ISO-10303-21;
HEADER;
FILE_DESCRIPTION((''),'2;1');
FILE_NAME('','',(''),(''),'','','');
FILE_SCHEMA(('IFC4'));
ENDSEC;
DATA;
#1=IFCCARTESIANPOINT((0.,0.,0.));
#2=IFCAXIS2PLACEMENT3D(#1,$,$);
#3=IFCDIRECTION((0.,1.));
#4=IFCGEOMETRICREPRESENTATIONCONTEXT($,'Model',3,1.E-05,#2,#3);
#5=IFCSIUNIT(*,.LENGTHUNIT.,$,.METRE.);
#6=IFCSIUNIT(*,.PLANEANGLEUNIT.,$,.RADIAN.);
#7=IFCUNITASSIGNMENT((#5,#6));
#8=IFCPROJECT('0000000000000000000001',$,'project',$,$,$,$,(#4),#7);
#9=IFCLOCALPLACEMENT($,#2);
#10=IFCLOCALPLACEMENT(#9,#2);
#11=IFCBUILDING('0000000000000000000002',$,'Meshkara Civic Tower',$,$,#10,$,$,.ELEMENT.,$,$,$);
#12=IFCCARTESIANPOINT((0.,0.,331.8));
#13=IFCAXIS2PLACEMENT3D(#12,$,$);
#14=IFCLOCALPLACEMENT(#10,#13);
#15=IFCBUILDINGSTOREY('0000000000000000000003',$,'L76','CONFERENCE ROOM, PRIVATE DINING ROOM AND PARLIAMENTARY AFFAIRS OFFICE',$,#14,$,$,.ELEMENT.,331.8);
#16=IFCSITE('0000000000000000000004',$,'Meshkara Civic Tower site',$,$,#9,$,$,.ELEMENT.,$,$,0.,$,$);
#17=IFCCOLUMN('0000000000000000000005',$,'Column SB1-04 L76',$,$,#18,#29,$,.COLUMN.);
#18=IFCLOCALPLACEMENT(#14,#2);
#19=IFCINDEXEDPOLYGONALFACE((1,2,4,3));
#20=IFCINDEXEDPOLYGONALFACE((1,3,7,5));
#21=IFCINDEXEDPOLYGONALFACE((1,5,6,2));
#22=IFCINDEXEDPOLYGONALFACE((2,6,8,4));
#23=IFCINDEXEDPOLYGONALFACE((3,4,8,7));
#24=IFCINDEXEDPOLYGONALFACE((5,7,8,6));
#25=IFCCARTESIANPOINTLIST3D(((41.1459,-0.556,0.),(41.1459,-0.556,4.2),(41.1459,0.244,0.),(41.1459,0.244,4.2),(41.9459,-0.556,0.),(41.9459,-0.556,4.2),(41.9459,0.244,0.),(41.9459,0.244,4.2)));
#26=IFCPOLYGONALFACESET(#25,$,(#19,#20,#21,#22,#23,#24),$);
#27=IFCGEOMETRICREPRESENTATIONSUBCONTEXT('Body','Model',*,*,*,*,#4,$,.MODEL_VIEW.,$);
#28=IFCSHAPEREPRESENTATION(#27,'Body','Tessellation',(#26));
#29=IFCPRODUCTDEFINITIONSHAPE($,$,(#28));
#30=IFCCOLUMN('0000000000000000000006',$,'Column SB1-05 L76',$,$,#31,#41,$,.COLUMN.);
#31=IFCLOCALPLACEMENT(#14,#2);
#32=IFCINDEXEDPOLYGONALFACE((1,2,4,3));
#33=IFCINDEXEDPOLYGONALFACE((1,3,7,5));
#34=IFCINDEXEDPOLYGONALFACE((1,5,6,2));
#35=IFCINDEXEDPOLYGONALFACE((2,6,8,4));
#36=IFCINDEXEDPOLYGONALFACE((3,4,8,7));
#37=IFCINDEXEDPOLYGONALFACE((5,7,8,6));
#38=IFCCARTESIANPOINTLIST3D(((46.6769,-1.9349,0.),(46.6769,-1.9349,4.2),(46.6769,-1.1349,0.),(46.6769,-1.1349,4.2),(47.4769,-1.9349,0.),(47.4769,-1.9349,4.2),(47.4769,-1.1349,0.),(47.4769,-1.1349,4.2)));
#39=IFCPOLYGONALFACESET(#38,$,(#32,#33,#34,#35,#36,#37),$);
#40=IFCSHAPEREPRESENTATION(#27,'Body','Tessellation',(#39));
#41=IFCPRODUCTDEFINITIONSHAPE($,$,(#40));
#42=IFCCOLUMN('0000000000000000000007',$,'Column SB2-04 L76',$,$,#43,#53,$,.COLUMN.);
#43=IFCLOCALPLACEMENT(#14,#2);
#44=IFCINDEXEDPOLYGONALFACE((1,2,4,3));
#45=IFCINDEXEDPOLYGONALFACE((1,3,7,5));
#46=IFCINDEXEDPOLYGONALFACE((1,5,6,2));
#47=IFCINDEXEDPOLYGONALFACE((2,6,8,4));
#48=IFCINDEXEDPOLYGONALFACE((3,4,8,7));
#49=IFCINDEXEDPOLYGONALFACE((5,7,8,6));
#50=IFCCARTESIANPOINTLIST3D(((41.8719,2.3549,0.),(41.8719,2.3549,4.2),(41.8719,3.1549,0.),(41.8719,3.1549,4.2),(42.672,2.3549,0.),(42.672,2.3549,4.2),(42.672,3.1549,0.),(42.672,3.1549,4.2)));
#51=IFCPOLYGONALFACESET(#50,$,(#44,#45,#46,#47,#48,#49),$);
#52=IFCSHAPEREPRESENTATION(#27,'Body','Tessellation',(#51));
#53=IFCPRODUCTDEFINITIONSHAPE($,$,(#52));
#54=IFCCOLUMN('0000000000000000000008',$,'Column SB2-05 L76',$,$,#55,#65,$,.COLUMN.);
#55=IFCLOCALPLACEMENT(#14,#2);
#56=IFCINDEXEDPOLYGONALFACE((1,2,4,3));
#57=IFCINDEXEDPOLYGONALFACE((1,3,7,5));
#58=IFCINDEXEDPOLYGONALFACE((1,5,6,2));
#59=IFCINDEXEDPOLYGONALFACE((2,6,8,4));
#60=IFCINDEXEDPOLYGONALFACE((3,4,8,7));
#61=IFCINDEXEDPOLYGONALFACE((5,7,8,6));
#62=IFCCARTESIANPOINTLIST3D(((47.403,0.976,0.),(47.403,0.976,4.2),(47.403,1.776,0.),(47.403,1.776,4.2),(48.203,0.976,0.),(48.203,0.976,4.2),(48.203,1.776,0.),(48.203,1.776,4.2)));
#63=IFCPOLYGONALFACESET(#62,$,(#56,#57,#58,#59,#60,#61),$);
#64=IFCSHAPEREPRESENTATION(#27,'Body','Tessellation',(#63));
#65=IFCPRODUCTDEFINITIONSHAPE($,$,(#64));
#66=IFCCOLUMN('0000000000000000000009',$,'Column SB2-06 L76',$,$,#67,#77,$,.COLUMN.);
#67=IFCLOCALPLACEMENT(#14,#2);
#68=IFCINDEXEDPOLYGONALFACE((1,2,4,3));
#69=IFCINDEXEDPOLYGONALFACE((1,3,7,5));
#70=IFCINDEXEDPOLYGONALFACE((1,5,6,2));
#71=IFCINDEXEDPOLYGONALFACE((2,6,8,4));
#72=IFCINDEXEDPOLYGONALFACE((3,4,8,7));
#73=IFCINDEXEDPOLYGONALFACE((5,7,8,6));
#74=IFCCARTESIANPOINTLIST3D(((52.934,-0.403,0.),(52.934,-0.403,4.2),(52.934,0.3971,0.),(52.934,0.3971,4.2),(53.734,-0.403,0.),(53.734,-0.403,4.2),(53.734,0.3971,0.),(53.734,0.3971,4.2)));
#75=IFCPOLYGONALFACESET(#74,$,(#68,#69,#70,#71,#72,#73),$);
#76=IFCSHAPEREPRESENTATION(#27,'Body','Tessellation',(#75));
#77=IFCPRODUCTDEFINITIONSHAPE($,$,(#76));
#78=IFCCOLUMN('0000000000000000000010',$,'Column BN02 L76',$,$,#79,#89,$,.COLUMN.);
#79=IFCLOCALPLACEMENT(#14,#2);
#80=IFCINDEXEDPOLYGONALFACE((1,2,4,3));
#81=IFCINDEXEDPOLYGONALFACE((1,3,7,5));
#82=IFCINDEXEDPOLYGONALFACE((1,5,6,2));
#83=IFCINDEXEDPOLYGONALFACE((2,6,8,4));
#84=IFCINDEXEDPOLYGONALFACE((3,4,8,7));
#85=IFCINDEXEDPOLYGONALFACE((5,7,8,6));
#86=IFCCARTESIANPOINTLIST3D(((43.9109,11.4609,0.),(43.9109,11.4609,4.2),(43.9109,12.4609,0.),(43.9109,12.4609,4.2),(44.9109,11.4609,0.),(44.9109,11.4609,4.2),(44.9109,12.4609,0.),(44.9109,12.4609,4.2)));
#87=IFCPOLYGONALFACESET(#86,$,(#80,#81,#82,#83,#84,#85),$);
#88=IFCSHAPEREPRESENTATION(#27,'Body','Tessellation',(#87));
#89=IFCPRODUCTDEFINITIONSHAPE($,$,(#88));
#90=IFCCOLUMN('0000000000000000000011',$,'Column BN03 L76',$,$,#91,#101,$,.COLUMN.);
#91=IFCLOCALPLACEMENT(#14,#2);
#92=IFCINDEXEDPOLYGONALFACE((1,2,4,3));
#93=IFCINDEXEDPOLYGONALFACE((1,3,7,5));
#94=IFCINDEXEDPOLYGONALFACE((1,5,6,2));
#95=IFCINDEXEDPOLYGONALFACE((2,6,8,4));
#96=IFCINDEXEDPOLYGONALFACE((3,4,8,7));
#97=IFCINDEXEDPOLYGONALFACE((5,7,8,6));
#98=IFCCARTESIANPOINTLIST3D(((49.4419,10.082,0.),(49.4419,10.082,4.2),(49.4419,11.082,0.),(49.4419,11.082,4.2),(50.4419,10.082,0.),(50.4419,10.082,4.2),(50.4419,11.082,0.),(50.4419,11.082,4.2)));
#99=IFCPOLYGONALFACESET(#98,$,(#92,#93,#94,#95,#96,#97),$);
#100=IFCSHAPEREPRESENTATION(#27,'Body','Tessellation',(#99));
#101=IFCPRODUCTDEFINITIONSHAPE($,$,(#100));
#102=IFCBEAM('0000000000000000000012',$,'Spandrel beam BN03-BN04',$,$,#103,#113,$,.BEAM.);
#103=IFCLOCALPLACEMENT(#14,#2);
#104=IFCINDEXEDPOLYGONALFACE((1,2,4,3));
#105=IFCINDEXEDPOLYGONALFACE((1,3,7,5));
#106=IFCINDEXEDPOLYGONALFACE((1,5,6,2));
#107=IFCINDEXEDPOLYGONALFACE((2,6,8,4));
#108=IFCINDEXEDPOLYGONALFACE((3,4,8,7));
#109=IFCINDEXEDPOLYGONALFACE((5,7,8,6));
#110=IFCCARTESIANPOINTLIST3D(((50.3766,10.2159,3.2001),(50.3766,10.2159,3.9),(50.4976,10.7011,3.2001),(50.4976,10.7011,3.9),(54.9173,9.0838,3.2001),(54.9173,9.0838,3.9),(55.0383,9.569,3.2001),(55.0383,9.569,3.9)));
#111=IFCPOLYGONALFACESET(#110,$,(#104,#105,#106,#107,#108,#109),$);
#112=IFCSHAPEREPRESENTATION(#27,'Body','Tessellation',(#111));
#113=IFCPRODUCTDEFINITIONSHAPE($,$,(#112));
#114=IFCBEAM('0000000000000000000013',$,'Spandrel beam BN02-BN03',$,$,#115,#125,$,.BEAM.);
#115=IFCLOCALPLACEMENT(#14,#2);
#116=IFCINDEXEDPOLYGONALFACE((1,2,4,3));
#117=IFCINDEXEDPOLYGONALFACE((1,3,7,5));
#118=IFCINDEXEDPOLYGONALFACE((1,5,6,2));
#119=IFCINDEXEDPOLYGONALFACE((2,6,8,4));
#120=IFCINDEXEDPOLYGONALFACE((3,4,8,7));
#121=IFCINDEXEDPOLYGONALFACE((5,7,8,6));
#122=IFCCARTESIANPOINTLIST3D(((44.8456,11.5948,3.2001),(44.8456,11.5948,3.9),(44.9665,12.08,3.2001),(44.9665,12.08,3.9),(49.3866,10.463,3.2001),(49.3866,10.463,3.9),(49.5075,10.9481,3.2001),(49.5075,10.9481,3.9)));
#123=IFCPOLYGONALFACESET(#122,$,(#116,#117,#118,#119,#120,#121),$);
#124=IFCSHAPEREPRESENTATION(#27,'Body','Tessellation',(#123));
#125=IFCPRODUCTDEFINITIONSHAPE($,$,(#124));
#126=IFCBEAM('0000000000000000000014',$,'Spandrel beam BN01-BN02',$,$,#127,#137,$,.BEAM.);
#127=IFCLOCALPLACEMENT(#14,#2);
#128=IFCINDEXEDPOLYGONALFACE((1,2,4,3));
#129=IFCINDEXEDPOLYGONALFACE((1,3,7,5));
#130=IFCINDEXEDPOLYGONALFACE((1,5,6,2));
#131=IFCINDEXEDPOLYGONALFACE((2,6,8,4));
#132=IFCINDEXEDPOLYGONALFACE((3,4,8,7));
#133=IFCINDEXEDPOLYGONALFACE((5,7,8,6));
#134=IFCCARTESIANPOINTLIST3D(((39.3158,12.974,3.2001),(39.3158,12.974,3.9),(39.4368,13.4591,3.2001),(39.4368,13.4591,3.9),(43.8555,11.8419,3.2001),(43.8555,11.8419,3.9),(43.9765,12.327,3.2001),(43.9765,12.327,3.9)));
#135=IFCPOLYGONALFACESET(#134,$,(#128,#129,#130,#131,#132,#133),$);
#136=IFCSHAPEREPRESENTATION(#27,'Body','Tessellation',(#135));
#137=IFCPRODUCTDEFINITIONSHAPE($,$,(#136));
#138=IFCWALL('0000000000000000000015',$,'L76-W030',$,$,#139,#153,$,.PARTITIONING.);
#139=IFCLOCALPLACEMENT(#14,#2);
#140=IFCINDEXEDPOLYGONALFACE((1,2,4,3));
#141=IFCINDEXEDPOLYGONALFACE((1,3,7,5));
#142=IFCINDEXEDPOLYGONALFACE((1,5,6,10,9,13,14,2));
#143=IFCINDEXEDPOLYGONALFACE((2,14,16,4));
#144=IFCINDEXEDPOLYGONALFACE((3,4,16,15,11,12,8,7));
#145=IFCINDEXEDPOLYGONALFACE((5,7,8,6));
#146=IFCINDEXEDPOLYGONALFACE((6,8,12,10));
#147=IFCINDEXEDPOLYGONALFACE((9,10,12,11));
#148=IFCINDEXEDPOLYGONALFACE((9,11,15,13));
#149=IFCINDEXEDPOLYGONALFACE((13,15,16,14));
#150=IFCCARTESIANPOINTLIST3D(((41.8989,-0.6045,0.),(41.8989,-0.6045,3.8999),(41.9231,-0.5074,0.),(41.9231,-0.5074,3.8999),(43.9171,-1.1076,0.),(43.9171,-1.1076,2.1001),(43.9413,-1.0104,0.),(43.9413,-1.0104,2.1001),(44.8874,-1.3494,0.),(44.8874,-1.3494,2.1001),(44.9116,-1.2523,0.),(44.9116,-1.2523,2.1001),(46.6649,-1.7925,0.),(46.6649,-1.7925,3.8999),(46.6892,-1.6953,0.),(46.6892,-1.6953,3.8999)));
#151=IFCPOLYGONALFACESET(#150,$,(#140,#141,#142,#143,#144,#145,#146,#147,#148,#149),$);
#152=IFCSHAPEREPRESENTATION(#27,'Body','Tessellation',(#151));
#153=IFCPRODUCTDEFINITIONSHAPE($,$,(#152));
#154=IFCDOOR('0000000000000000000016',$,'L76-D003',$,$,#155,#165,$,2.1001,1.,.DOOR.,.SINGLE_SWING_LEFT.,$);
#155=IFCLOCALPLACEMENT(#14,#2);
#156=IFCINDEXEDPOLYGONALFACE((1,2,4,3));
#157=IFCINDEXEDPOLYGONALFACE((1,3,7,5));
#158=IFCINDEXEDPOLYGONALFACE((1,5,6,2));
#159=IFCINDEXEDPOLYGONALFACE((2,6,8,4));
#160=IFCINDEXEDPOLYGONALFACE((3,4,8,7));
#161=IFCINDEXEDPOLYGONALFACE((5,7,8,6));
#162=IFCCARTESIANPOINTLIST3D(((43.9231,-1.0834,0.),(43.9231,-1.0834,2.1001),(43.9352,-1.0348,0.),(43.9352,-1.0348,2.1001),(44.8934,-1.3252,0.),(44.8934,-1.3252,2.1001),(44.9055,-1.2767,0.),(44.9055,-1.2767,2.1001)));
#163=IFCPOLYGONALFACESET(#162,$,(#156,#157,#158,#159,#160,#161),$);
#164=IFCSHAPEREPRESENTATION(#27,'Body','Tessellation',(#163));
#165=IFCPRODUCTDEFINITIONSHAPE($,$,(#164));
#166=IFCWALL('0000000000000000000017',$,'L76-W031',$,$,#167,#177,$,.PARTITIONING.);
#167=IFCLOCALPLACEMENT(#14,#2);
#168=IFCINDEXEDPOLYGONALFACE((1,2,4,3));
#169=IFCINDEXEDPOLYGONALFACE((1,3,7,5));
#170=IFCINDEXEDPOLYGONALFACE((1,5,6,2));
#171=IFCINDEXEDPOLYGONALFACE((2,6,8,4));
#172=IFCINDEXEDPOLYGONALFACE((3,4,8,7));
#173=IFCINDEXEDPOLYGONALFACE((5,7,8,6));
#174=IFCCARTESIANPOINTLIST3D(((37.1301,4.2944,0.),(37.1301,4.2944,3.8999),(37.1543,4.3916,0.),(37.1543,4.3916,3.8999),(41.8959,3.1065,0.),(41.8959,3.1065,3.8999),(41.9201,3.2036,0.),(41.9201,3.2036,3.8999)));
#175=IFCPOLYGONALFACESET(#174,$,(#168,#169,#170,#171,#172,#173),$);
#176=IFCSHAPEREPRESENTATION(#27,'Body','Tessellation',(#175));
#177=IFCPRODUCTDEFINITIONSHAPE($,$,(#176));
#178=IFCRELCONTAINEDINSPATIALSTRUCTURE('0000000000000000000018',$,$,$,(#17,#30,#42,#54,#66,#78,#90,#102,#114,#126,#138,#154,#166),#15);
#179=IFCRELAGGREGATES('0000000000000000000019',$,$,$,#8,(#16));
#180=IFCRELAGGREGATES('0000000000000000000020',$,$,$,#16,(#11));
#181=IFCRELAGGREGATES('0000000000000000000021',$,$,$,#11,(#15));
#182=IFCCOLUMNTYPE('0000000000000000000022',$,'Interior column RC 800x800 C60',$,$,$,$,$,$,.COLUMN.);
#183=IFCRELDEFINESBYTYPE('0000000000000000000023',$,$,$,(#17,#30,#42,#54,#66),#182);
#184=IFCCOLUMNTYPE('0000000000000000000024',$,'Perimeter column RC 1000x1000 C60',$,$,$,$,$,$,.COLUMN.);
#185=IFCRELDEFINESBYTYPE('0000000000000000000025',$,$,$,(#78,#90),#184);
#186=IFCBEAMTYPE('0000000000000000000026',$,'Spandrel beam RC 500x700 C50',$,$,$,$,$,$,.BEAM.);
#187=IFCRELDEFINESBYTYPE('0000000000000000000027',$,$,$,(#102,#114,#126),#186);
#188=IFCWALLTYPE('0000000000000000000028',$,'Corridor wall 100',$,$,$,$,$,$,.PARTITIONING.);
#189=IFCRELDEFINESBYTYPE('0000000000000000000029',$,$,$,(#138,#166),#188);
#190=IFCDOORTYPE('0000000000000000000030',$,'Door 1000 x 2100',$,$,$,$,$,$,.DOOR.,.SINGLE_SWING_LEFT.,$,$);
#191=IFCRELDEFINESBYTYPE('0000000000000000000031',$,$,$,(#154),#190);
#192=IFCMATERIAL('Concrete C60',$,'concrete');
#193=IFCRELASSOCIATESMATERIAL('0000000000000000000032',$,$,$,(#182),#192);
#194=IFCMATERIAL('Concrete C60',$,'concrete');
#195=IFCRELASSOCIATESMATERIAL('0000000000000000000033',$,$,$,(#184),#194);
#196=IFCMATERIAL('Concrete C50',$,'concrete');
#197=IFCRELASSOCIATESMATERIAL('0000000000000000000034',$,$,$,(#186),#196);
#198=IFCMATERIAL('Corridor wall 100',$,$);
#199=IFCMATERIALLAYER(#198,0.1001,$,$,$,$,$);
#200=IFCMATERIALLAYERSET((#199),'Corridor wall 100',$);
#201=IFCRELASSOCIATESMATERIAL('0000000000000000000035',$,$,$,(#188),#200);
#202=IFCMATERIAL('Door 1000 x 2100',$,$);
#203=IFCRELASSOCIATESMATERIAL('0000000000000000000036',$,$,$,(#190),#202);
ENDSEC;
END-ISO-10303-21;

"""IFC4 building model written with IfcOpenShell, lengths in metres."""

from ifc_helpers import new_model, si_unit, direction, frame, frame_2d, origin, origin_2d, place, context, subcontext, project, spatial, rectangle, extrude, material, layer, layer_set, material_profile, profile_set, type_object, element, fill, save


model = new_model("IFC4")

# Units and contexts
model_context = context("Model", 3, precision=1e-05, world=origin(), true_north=direction((0.0, 1.0)))
body_context = subcontext(model_context, "Body", "Model", "MODEL_VIEW")
ifc_project = project(units=[si_unit("LENGTHUNIT", "METRE"), si_unit("PLANEANGLEUNIT", "RADIAN")], contexts=[model_context])

# Site, building, storey
site_placement = place(None, origin())
site = spatial("IfcSite", under=ifc_project, at=site_placement, Name="Meshkara Civic Tower site", CompositionType="ELEMENT", RefElevation=0.0)
building_placement = place(site_placement, origin())
building = spatial("IfcBuilding", under=site, at=building_placement, Name="Meshkara Civic Tower", CompositionType="ELEMENT")
storey_placement = place(building_placement, frame((0.0, 0.0, 331.8)))
storey = spatial("IfcBuildingStorey", under=building, at=storey_placement, Name="L76", Description="CONFERENCE ROOM, PRIVATE DINING ROOM AND PARLIAMENTARY AFFAIRS OFFICE", CompositionType="ELEMENT", Elevation=331.8)

# Columns
ifc_material_1 = material(Name="Concrete C60", Category="concrete")
ifc_material_profile_1 = material_profile(ifc_material_1, rectangle(XDim=0.8, YDim=0.8, at=origin_2d()))
ifc_profile_set_1 = profile_set([ifc_material_profile_1], Name="Concrete C60")
column_type_1 = type_object("IfcColumnType", Name="Interior column RC 800x800 C60", PredefinedType="COLUMN", material=ifc_profile_set_1)
for number, where, z_axis, x_axis, name in (
    (1, (41.5459, -0.156, 0.0), (0.0, 0.0, 1.0), (1.0, 0.0, 0.0), "Column SB1-04 L76"),
    (2, (47.0769, -1.5349, 0.0), (0.0, 0.0, 1.0), (1.0, 0.0, 0.0), "Column SB1-05 L76"),
    (3, (42.272, 2.7549, 0.0), (0.0, 0.0, 1.0), (1.0, 0.0, 0.0), "Column SB2-04 L76"),
    (4, (47.803, 1.376, 0.0), (0.0, 0.0, 1.0), (1.0, 0.0, 0.0), "Column SB2-05 L76"),
    (5, (53.334, -0.0029, 0.0), (0.0, 0.0, 1.0), (1.0, 0.0, 0.0), "Column SB2-06 L76"),
):
    element("IfcColumn", number, at=place(storey_placement, frame(where, z_axis=z_axis, x_axis=x_axis)), inside=storey, type_object=column_type_1, Name=name, PredefinedType="COLUMN", context=body_context, shape_type="SweptSolid", body=[
        extrude(rectangle(XDim=0.8, YDim=0.8, at=origin_2d()), origin(), (0.0, 0.0, 1.0), 4.2),
    ])
ifc_material_2 = material(Name="Concrete C60", Category="concrete")
ifc_material_profile_2 = material_profile(ifc_material_2, rectangle(XDim=1.0, YDim=1.0, at=origin_2d()))
ifc_profile_set_2 = profile_set([ifc_material_profile_2], Name="Concrete C60")
column_type_2 = type_object("IfcColumnType", Name="Perimeter column RC 1000x1000 C60", PredefinedType="COLUMN", material=ifc_profile_set_2)
for number, where, z_axis, x_axis, name in (
    (6, (44.4109, 11.9609, 0.0), (0.0, 0.0, 1.0), (1.0, 0.0, 0.0), "Column BN02 L76"),
    (7, (49.9419, 10.582, 0.0), (0.0, 0.0, 1.0), (1.0, 0.0, 0.0), "Column BN03 L76"),
):
    element("IfcColumn", number, at=place(storey_placement, frame(where, z_axis=z_axis, x_axis=x_axis)), inside=storey, type_object=column_type_2, Name=name, PredefinedType="COLUMN", context=body_context, shape_type="SweptSolid", body=[
        extrude(rectangle(XDim=1.0, YDim=1.0, at=origin_2d()), origin(), (0.0, 0.0, 1.0), 4.2),
    ])

# Beams
ifc_material_3 = material(Name="Concrete C50", Category="concrete")
ifc_material_profile_3 = material_profile(ifc_material_3, rectangle(XDim=0.5, YDim=0.7, at=origin_2d()))
ifc_profile_set_3 = profile_set([ifc_material_profile_3], Name="Concrete C50")
beam_type = type_object("IfcBeamType", Name="Spandrel beam RC 500x700 C50", PredefinedType="BEAM", material=ifc_profile_set_3)
beam_1_placement = place(storey_placement, frame((54.9778, 9.3264, 3.55), z_axis=(-0.970299, 0.24191, 0.0), x_axis=(-0.24191, -0.970299, 0.0)))
element("IfcBeam", 8, at=beam_1_placement, inside=storey, type_object=beam_type, Name="Spandrel beam BN03-BN04", PredefinedType="BEAM", context=body_context, shape_type="SweptSolid", body=[
    extrude(rectangle(XDim=0.5, YDim=0.7, at=origin_2d()), origin(), (0.0, 0.0, 1.0), 4.6797),
])
beam_2_placement = place(storey_placement, frame((49.447, 10.7056, 3.55), z_axis=(-0.970314, 0.241848, 0.0), x_axis=(-0.241848, -0.970314, 0.0)))
element("IfcBeam", 9, at=beam_2_placement, inside=storey, type_object=beam_type, Name="Spandrel beam BN02-BN03", PredefinedType="BEAM", context=body_context, shape_type="SweptSolid", body=[
    extrude(rectangle(XDim=0.5, YDim=0.7, at=origin_2d()), origin(), (0.0, 0.0, 1.0), 4.6799),
])
beam_3_placement = place(storey_placement, frame((43.916, 12.0845, 3.55), z_axis=(-0.970287, 0.241959, 0.0), x_axis=(-0.241959, -0.970287, 0.0)))
element("IfcBeam", 10, at=beam_3_placement, inside=storey, type_object=beam_type, Name="Spandrel beam BN01-BN02", PredefinedType="BEAM", context=body_context, shape_type="SweptSolid", body=[
    extrude(rectangle(XDim=0.5, YDim=0.7, at=origin_2d()), origin(), (0.0, 0.0, 1.0), 4.6787),
])

# Wall, opening, door
ifc_material_4 = material(Name="Corridor wall 100")
ifc_layer_1 = layer(ifc_material_4, 0.1001)
ifc_layer_set_1 = layer_set([ifc_layer_1], Name="Corridor wall 100")
wall_type_1 = type_object("IfcWallType", Name="Corridor wall 100", PredefinedType="PARTITIONING", material=ifc_layer_set_1)
wall_1_placement = place(storey_placement, frame((41.9109, -0.5559, 0.0), z_axis=(0.0, 0.0, 1.0), x_axis=(0.970312, -0.241857, 0.0)))
wall_1 = element("IfcWall", 11, at=wall_1_placement, inside=storey, type_object=wall_type_1, Name="L76-W030", PredefinedType="PARTITIONING", context=body_context, shape_type="SweptSolid", body=[
    extrude(rectangle(XDim=4.9119, YDim=0.1001, at=frame_2d((2.4561, 0.0))), origin(), (0.0, 0.0, 1.0), 3.8999),
])
opening_1_placement = place(wall_1_placement, frame((2.0801, 0.0, 0.0)))
opening_1 = element("IfcOpeningElement", 12, at=opening_1_placement, cuts=wall_1, PredefinedType="OPENING", context=body_context, shape_type="SweptSolid", body=[
    extrude(rectangle(XDim=1.0, YDim=2.1001, at=frame_2d((0.5, 1.05))), frame((0.0, 0.0601, 0.0), z_axis=(0.0, -1.0, 0.0), x_axis=(1.0, 0.0, 0.0)), (0.0, 0.0, 1.0), 0.1201),
])
ifc_material_5 = material(Name="Door 1000 x 2100")
door_type_1 = type_object("IfcDoorType", Name="Door 1000 x 2100", OperationType="SINGLE_SWING_LEFT", PredefinedType="DOOR", material=ifc_material_5)
door_1_placement = place(opening_1_placement, origin())
door_1 = element("IfcDoor", 13, at=door_1_placement, inside=storey, type_object=door_type_1, Name="L76-D003", OperationType="SINGLE_SWING_LEFT", OverallHeight=2.1001, OverallWidth=1.0, PredefinedType="DOOR", context=body_context, shape_type="SweptSolid", body=[
    extrude(rectangle(XDim=1.0, YDim=2.1001, at=frame_2d((0.5, 1.05))), frame((0.0, 0.0249, 0.0), z_axis=(0.0, -1.0, 0.0), x_axis=(1.0, 0.0, 0.0)), (0.0, 0.0, 1.0), 0.05),
])
fill(opening_1, door_1)

# Wall
wall_2_placement = place(storey_placement, frame((41.908, 3.155, 0.0), z_axis=(0.0, 0.0, 1.0), x_axis=(-0.970309, 0.241869, 0.0)))
element("IfcWall", 14, at=wall_2_placement, inside=storey, type_object=wall_type_1, Name="L76-W031", PredefinedType="PARTITIONING", context=body_context, shape_type="SweptSolid", body=[
    extrude(rectangle(XDim=4.9116, YDim=0.1001, at=frame_2d((2.4558, 0.0))), origin(), (0.0, 0.0, 1.0), 3.8999),
])

save(model, "model.ifc")
